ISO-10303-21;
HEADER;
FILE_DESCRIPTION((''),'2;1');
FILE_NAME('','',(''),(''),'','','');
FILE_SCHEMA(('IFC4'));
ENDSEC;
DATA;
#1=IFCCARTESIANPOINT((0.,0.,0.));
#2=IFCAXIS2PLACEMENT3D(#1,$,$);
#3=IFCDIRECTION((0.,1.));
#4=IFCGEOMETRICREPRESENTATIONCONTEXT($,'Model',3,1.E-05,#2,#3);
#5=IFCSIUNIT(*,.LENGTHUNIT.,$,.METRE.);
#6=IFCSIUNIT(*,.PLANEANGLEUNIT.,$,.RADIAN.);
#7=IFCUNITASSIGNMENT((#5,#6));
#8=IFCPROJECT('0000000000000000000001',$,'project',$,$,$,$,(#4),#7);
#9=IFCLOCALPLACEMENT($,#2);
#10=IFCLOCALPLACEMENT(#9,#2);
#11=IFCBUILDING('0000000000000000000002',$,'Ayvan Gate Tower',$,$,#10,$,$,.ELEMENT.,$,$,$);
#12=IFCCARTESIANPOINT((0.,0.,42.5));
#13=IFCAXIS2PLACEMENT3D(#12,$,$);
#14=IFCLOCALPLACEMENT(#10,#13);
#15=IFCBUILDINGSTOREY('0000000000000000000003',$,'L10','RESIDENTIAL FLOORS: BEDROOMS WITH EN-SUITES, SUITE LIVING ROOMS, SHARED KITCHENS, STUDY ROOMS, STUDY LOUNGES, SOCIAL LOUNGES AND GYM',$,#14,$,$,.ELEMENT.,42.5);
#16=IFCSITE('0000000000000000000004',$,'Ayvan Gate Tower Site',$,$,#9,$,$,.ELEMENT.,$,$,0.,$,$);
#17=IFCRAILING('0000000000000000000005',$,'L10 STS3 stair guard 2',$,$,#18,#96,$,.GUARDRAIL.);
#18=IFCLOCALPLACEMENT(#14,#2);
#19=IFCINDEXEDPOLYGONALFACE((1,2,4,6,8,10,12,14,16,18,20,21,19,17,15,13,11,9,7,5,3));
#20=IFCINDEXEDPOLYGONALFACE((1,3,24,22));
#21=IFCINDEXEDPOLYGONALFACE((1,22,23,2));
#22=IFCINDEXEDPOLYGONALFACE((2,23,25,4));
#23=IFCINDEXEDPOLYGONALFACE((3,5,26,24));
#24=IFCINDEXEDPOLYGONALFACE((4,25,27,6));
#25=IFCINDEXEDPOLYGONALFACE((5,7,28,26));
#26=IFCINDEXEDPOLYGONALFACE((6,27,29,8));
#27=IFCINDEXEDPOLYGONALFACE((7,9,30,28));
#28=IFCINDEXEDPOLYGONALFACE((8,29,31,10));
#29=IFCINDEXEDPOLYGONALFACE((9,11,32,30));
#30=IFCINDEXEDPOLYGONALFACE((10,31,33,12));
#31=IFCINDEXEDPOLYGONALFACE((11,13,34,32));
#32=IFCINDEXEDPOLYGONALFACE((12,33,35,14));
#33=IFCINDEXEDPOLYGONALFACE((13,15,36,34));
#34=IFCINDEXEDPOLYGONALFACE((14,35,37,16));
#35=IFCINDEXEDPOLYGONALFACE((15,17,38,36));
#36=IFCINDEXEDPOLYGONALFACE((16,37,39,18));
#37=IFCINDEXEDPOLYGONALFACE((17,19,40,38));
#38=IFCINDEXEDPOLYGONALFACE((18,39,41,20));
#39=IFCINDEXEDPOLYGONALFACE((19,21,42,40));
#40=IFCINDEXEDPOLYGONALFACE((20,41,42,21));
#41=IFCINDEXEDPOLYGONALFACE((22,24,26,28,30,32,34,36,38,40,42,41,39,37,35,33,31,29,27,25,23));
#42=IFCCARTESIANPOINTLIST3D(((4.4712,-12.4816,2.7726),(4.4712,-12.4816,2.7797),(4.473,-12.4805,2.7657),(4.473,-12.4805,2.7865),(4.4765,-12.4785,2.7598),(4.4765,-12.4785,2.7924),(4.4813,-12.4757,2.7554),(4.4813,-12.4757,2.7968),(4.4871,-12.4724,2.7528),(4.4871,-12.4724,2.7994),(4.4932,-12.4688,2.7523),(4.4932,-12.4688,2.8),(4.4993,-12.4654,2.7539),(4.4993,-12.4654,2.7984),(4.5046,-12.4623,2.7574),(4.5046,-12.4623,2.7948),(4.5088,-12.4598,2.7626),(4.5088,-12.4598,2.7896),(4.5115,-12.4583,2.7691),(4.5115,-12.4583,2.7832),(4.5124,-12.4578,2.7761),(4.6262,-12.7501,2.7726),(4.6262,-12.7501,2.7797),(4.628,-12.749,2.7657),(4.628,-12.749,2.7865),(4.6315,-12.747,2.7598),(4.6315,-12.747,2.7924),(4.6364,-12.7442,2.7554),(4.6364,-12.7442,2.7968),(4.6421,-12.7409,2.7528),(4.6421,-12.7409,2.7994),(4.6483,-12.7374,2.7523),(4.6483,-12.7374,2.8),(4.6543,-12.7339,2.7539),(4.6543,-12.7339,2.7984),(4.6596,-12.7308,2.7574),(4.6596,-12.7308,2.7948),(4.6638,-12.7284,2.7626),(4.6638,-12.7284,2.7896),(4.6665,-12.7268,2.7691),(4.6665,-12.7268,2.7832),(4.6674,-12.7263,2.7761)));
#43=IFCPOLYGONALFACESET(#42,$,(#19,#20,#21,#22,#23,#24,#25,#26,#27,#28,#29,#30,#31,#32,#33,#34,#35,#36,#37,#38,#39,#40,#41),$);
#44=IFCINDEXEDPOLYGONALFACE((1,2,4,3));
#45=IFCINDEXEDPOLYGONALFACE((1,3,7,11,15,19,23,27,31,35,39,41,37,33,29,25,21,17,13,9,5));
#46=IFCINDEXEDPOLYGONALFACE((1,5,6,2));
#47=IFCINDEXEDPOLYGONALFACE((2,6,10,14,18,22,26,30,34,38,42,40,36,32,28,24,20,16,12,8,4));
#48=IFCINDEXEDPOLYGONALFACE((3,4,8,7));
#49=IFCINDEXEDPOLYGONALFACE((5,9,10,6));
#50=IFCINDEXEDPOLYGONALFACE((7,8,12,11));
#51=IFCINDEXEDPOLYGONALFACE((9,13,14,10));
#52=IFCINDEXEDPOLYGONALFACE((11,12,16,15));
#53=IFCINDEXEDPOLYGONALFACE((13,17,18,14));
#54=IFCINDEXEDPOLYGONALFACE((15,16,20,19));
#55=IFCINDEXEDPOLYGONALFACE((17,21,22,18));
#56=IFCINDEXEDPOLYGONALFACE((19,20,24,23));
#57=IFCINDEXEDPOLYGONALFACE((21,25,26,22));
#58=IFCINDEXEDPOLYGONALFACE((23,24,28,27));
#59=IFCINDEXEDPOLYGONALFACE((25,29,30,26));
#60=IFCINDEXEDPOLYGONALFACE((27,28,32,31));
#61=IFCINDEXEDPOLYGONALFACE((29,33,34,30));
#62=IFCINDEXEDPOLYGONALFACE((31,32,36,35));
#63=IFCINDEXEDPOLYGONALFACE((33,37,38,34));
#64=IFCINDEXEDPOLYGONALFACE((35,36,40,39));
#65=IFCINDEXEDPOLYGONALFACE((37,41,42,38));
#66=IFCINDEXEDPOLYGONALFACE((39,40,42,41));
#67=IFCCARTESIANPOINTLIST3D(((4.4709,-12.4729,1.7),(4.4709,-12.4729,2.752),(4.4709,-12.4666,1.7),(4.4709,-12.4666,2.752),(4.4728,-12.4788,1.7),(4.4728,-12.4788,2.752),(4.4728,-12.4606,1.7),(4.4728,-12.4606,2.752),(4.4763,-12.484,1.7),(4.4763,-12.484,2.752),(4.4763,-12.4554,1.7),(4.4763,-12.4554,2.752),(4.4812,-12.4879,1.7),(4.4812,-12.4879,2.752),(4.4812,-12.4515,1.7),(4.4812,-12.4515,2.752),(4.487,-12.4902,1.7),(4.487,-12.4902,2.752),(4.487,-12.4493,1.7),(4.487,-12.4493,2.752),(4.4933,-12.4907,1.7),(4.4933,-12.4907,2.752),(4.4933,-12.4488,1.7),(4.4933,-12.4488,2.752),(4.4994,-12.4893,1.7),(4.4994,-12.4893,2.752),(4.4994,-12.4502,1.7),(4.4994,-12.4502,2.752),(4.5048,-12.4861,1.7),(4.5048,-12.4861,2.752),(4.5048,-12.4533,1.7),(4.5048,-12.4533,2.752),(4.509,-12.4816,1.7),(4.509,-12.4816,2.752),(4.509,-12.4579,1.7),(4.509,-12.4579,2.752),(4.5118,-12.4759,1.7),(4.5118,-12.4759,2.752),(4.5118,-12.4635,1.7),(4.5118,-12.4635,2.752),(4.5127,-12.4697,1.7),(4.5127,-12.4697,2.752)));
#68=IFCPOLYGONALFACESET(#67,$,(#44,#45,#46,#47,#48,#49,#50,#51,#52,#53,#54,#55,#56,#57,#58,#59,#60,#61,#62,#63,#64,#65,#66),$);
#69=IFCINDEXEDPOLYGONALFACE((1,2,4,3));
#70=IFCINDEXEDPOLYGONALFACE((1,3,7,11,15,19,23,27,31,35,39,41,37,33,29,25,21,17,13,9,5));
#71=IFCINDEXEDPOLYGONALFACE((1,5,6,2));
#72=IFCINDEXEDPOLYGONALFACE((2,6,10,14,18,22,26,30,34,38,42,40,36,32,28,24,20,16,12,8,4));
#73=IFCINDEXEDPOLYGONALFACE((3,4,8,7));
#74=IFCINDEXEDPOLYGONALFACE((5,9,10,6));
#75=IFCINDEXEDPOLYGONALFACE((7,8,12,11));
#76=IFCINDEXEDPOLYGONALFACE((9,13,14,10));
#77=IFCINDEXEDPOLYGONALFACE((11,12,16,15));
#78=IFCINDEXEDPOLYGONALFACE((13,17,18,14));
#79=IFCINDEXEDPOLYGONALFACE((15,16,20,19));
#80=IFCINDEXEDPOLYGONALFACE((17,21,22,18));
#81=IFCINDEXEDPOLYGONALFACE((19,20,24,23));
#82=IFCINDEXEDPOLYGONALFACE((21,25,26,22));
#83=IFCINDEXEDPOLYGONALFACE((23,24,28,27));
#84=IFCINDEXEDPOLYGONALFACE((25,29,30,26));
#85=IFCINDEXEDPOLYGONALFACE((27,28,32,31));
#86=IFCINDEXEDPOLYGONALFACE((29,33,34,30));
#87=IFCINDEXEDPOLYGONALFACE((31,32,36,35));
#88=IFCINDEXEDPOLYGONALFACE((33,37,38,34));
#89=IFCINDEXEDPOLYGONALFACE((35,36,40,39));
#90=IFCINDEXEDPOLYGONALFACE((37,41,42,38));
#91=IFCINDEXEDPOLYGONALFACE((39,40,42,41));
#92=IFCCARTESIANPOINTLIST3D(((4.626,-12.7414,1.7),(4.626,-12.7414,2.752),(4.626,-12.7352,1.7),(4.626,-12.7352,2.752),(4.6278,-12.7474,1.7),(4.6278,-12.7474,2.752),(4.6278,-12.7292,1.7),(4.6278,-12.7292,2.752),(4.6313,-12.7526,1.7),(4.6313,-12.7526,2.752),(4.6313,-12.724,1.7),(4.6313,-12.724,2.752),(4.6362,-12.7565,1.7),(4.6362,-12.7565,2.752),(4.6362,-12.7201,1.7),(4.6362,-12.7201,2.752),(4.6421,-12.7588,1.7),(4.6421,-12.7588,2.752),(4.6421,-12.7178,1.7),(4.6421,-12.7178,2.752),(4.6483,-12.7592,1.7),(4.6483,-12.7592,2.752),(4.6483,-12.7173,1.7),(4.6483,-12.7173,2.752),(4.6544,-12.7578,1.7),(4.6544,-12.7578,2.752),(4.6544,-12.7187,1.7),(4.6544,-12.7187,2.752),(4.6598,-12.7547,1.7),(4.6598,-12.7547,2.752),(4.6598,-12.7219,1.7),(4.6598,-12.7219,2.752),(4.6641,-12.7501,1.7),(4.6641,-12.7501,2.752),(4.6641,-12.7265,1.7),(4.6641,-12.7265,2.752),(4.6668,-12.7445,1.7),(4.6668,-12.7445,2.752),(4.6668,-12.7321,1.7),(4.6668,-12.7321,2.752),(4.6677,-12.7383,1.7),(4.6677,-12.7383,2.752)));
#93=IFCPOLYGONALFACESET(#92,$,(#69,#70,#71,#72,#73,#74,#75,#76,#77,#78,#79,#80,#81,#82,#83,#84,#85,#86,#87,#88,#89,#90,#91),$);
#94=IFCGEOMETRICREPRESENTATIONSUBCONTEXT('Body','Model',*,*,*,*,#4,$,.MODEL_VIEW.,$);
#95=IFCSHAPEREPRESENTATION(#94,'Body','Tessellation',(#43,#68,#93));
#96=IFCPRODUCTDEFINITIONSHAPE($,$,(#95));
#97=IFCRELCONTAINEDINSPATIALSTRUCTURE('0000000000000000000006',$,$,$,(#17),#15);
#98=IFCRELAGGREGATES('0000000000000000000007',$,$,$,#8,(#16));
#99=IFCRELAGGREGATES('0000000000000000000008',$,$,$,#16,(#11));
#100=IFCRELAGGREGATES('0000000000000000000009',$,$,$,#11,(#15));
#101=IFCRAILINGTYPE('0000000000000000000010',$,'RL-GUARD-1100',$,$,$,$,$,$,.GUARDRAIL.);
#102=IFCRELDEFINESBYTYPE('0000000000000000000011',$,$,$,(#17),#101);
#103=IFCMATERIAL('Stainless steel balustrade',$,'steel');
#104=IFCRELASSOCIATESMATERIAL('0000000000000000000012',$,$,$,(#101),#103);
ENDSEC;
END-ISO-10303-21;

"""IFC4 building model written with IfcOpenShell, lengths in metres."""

from ifc_helpers import new_model, si_unit, direction, frame, origin, origin_2d, place, context, subcontext, project, spatial, circle, extrude, material, type_object, element, save


model = new_model("IFC4")

# Units and contexts
model_context = context("Model", 3, precision=1e-05, world=origin(), true_north=direction((0.0, 1.0)))
body_context = subcontext(model_context, "Body", "Model", "MODEL_VIEW")
ifc_project = project(units=[si_unit("LENGTHUNIT", "METRE"), si_unit("PLANEANGLEUNIT", "RADIAN")], contexts=[model_context])

# Site, building, storey
site_placement = place(None, origin())
site = spatial("IfcSite", under=ifc_project, at=site_placement, Name="Ayvan Gate Tower Site", CompositionType="ELEMENT", RefElevation=0.0)
building_placement = place(site_placement, origin())
building = spatial("IfcBuilding", under=site, at=building_placement, Name="Ayvan Gate Tower", CompositionType="ELEMENT")
storey_placement = place(building_placement, frame((0.0, 0.0, 42.5)))
storey = spatial("IfcBuildingStorey", under=building, at=storey_placement, Name="L10", Description="RESIDENTIAL FLOORS: BEDROOMS WITH EN-SUITES, SUITE LIVING ROOMS, SHARED KITCHENS, STUDY ROOMS, STUDY LOUNGES, SOCIAL LOUNGES AND GYM", CompositionType="ELEMENT", Elevation=42.5)

# Railing
ifc_material_1 = material(Name="Stainless steel balustrade", Category="steel")
railing_type_1 = type_object("IfcRailingType", Name="RL-GUARD-1100", PredefinedType="GUARDRAIL", material=ifc_material_1)
railing_1_placement = place(storey_placement, frame((4.4917, -12.4697, 1.7)))
element("IfcRailing", 1, at=railing_1_placement, inside=storey, type_object=railing_type_1, Name="L10 STS3 stair guard 2", PredefinedType="GUARDRAIL", context=body_context, shape_type="SweptSolid", body=[
    extrude(circle(Radius=0.0239, at=origin_2d()), frame((0.0, 0.0, 1.0762), z_axis=(0.49995, -0.866054, 0.0), x_axis=(0.866054, 0.49995, 0.0)), (0.0, 0.0, 1.0), 0.3101),
    extrude(circle(Radius=0.021, at=origin_2d()), origin(), (0.0, 0.0, 1.0), 1.052),
    extrude(circle(Radius=0.021, at=origin_2d()), frame((0.155, -0.2686, 0.0)), (0.0, 0.0, 1.0), 1.052),
])

save(model, "model.ifc")
